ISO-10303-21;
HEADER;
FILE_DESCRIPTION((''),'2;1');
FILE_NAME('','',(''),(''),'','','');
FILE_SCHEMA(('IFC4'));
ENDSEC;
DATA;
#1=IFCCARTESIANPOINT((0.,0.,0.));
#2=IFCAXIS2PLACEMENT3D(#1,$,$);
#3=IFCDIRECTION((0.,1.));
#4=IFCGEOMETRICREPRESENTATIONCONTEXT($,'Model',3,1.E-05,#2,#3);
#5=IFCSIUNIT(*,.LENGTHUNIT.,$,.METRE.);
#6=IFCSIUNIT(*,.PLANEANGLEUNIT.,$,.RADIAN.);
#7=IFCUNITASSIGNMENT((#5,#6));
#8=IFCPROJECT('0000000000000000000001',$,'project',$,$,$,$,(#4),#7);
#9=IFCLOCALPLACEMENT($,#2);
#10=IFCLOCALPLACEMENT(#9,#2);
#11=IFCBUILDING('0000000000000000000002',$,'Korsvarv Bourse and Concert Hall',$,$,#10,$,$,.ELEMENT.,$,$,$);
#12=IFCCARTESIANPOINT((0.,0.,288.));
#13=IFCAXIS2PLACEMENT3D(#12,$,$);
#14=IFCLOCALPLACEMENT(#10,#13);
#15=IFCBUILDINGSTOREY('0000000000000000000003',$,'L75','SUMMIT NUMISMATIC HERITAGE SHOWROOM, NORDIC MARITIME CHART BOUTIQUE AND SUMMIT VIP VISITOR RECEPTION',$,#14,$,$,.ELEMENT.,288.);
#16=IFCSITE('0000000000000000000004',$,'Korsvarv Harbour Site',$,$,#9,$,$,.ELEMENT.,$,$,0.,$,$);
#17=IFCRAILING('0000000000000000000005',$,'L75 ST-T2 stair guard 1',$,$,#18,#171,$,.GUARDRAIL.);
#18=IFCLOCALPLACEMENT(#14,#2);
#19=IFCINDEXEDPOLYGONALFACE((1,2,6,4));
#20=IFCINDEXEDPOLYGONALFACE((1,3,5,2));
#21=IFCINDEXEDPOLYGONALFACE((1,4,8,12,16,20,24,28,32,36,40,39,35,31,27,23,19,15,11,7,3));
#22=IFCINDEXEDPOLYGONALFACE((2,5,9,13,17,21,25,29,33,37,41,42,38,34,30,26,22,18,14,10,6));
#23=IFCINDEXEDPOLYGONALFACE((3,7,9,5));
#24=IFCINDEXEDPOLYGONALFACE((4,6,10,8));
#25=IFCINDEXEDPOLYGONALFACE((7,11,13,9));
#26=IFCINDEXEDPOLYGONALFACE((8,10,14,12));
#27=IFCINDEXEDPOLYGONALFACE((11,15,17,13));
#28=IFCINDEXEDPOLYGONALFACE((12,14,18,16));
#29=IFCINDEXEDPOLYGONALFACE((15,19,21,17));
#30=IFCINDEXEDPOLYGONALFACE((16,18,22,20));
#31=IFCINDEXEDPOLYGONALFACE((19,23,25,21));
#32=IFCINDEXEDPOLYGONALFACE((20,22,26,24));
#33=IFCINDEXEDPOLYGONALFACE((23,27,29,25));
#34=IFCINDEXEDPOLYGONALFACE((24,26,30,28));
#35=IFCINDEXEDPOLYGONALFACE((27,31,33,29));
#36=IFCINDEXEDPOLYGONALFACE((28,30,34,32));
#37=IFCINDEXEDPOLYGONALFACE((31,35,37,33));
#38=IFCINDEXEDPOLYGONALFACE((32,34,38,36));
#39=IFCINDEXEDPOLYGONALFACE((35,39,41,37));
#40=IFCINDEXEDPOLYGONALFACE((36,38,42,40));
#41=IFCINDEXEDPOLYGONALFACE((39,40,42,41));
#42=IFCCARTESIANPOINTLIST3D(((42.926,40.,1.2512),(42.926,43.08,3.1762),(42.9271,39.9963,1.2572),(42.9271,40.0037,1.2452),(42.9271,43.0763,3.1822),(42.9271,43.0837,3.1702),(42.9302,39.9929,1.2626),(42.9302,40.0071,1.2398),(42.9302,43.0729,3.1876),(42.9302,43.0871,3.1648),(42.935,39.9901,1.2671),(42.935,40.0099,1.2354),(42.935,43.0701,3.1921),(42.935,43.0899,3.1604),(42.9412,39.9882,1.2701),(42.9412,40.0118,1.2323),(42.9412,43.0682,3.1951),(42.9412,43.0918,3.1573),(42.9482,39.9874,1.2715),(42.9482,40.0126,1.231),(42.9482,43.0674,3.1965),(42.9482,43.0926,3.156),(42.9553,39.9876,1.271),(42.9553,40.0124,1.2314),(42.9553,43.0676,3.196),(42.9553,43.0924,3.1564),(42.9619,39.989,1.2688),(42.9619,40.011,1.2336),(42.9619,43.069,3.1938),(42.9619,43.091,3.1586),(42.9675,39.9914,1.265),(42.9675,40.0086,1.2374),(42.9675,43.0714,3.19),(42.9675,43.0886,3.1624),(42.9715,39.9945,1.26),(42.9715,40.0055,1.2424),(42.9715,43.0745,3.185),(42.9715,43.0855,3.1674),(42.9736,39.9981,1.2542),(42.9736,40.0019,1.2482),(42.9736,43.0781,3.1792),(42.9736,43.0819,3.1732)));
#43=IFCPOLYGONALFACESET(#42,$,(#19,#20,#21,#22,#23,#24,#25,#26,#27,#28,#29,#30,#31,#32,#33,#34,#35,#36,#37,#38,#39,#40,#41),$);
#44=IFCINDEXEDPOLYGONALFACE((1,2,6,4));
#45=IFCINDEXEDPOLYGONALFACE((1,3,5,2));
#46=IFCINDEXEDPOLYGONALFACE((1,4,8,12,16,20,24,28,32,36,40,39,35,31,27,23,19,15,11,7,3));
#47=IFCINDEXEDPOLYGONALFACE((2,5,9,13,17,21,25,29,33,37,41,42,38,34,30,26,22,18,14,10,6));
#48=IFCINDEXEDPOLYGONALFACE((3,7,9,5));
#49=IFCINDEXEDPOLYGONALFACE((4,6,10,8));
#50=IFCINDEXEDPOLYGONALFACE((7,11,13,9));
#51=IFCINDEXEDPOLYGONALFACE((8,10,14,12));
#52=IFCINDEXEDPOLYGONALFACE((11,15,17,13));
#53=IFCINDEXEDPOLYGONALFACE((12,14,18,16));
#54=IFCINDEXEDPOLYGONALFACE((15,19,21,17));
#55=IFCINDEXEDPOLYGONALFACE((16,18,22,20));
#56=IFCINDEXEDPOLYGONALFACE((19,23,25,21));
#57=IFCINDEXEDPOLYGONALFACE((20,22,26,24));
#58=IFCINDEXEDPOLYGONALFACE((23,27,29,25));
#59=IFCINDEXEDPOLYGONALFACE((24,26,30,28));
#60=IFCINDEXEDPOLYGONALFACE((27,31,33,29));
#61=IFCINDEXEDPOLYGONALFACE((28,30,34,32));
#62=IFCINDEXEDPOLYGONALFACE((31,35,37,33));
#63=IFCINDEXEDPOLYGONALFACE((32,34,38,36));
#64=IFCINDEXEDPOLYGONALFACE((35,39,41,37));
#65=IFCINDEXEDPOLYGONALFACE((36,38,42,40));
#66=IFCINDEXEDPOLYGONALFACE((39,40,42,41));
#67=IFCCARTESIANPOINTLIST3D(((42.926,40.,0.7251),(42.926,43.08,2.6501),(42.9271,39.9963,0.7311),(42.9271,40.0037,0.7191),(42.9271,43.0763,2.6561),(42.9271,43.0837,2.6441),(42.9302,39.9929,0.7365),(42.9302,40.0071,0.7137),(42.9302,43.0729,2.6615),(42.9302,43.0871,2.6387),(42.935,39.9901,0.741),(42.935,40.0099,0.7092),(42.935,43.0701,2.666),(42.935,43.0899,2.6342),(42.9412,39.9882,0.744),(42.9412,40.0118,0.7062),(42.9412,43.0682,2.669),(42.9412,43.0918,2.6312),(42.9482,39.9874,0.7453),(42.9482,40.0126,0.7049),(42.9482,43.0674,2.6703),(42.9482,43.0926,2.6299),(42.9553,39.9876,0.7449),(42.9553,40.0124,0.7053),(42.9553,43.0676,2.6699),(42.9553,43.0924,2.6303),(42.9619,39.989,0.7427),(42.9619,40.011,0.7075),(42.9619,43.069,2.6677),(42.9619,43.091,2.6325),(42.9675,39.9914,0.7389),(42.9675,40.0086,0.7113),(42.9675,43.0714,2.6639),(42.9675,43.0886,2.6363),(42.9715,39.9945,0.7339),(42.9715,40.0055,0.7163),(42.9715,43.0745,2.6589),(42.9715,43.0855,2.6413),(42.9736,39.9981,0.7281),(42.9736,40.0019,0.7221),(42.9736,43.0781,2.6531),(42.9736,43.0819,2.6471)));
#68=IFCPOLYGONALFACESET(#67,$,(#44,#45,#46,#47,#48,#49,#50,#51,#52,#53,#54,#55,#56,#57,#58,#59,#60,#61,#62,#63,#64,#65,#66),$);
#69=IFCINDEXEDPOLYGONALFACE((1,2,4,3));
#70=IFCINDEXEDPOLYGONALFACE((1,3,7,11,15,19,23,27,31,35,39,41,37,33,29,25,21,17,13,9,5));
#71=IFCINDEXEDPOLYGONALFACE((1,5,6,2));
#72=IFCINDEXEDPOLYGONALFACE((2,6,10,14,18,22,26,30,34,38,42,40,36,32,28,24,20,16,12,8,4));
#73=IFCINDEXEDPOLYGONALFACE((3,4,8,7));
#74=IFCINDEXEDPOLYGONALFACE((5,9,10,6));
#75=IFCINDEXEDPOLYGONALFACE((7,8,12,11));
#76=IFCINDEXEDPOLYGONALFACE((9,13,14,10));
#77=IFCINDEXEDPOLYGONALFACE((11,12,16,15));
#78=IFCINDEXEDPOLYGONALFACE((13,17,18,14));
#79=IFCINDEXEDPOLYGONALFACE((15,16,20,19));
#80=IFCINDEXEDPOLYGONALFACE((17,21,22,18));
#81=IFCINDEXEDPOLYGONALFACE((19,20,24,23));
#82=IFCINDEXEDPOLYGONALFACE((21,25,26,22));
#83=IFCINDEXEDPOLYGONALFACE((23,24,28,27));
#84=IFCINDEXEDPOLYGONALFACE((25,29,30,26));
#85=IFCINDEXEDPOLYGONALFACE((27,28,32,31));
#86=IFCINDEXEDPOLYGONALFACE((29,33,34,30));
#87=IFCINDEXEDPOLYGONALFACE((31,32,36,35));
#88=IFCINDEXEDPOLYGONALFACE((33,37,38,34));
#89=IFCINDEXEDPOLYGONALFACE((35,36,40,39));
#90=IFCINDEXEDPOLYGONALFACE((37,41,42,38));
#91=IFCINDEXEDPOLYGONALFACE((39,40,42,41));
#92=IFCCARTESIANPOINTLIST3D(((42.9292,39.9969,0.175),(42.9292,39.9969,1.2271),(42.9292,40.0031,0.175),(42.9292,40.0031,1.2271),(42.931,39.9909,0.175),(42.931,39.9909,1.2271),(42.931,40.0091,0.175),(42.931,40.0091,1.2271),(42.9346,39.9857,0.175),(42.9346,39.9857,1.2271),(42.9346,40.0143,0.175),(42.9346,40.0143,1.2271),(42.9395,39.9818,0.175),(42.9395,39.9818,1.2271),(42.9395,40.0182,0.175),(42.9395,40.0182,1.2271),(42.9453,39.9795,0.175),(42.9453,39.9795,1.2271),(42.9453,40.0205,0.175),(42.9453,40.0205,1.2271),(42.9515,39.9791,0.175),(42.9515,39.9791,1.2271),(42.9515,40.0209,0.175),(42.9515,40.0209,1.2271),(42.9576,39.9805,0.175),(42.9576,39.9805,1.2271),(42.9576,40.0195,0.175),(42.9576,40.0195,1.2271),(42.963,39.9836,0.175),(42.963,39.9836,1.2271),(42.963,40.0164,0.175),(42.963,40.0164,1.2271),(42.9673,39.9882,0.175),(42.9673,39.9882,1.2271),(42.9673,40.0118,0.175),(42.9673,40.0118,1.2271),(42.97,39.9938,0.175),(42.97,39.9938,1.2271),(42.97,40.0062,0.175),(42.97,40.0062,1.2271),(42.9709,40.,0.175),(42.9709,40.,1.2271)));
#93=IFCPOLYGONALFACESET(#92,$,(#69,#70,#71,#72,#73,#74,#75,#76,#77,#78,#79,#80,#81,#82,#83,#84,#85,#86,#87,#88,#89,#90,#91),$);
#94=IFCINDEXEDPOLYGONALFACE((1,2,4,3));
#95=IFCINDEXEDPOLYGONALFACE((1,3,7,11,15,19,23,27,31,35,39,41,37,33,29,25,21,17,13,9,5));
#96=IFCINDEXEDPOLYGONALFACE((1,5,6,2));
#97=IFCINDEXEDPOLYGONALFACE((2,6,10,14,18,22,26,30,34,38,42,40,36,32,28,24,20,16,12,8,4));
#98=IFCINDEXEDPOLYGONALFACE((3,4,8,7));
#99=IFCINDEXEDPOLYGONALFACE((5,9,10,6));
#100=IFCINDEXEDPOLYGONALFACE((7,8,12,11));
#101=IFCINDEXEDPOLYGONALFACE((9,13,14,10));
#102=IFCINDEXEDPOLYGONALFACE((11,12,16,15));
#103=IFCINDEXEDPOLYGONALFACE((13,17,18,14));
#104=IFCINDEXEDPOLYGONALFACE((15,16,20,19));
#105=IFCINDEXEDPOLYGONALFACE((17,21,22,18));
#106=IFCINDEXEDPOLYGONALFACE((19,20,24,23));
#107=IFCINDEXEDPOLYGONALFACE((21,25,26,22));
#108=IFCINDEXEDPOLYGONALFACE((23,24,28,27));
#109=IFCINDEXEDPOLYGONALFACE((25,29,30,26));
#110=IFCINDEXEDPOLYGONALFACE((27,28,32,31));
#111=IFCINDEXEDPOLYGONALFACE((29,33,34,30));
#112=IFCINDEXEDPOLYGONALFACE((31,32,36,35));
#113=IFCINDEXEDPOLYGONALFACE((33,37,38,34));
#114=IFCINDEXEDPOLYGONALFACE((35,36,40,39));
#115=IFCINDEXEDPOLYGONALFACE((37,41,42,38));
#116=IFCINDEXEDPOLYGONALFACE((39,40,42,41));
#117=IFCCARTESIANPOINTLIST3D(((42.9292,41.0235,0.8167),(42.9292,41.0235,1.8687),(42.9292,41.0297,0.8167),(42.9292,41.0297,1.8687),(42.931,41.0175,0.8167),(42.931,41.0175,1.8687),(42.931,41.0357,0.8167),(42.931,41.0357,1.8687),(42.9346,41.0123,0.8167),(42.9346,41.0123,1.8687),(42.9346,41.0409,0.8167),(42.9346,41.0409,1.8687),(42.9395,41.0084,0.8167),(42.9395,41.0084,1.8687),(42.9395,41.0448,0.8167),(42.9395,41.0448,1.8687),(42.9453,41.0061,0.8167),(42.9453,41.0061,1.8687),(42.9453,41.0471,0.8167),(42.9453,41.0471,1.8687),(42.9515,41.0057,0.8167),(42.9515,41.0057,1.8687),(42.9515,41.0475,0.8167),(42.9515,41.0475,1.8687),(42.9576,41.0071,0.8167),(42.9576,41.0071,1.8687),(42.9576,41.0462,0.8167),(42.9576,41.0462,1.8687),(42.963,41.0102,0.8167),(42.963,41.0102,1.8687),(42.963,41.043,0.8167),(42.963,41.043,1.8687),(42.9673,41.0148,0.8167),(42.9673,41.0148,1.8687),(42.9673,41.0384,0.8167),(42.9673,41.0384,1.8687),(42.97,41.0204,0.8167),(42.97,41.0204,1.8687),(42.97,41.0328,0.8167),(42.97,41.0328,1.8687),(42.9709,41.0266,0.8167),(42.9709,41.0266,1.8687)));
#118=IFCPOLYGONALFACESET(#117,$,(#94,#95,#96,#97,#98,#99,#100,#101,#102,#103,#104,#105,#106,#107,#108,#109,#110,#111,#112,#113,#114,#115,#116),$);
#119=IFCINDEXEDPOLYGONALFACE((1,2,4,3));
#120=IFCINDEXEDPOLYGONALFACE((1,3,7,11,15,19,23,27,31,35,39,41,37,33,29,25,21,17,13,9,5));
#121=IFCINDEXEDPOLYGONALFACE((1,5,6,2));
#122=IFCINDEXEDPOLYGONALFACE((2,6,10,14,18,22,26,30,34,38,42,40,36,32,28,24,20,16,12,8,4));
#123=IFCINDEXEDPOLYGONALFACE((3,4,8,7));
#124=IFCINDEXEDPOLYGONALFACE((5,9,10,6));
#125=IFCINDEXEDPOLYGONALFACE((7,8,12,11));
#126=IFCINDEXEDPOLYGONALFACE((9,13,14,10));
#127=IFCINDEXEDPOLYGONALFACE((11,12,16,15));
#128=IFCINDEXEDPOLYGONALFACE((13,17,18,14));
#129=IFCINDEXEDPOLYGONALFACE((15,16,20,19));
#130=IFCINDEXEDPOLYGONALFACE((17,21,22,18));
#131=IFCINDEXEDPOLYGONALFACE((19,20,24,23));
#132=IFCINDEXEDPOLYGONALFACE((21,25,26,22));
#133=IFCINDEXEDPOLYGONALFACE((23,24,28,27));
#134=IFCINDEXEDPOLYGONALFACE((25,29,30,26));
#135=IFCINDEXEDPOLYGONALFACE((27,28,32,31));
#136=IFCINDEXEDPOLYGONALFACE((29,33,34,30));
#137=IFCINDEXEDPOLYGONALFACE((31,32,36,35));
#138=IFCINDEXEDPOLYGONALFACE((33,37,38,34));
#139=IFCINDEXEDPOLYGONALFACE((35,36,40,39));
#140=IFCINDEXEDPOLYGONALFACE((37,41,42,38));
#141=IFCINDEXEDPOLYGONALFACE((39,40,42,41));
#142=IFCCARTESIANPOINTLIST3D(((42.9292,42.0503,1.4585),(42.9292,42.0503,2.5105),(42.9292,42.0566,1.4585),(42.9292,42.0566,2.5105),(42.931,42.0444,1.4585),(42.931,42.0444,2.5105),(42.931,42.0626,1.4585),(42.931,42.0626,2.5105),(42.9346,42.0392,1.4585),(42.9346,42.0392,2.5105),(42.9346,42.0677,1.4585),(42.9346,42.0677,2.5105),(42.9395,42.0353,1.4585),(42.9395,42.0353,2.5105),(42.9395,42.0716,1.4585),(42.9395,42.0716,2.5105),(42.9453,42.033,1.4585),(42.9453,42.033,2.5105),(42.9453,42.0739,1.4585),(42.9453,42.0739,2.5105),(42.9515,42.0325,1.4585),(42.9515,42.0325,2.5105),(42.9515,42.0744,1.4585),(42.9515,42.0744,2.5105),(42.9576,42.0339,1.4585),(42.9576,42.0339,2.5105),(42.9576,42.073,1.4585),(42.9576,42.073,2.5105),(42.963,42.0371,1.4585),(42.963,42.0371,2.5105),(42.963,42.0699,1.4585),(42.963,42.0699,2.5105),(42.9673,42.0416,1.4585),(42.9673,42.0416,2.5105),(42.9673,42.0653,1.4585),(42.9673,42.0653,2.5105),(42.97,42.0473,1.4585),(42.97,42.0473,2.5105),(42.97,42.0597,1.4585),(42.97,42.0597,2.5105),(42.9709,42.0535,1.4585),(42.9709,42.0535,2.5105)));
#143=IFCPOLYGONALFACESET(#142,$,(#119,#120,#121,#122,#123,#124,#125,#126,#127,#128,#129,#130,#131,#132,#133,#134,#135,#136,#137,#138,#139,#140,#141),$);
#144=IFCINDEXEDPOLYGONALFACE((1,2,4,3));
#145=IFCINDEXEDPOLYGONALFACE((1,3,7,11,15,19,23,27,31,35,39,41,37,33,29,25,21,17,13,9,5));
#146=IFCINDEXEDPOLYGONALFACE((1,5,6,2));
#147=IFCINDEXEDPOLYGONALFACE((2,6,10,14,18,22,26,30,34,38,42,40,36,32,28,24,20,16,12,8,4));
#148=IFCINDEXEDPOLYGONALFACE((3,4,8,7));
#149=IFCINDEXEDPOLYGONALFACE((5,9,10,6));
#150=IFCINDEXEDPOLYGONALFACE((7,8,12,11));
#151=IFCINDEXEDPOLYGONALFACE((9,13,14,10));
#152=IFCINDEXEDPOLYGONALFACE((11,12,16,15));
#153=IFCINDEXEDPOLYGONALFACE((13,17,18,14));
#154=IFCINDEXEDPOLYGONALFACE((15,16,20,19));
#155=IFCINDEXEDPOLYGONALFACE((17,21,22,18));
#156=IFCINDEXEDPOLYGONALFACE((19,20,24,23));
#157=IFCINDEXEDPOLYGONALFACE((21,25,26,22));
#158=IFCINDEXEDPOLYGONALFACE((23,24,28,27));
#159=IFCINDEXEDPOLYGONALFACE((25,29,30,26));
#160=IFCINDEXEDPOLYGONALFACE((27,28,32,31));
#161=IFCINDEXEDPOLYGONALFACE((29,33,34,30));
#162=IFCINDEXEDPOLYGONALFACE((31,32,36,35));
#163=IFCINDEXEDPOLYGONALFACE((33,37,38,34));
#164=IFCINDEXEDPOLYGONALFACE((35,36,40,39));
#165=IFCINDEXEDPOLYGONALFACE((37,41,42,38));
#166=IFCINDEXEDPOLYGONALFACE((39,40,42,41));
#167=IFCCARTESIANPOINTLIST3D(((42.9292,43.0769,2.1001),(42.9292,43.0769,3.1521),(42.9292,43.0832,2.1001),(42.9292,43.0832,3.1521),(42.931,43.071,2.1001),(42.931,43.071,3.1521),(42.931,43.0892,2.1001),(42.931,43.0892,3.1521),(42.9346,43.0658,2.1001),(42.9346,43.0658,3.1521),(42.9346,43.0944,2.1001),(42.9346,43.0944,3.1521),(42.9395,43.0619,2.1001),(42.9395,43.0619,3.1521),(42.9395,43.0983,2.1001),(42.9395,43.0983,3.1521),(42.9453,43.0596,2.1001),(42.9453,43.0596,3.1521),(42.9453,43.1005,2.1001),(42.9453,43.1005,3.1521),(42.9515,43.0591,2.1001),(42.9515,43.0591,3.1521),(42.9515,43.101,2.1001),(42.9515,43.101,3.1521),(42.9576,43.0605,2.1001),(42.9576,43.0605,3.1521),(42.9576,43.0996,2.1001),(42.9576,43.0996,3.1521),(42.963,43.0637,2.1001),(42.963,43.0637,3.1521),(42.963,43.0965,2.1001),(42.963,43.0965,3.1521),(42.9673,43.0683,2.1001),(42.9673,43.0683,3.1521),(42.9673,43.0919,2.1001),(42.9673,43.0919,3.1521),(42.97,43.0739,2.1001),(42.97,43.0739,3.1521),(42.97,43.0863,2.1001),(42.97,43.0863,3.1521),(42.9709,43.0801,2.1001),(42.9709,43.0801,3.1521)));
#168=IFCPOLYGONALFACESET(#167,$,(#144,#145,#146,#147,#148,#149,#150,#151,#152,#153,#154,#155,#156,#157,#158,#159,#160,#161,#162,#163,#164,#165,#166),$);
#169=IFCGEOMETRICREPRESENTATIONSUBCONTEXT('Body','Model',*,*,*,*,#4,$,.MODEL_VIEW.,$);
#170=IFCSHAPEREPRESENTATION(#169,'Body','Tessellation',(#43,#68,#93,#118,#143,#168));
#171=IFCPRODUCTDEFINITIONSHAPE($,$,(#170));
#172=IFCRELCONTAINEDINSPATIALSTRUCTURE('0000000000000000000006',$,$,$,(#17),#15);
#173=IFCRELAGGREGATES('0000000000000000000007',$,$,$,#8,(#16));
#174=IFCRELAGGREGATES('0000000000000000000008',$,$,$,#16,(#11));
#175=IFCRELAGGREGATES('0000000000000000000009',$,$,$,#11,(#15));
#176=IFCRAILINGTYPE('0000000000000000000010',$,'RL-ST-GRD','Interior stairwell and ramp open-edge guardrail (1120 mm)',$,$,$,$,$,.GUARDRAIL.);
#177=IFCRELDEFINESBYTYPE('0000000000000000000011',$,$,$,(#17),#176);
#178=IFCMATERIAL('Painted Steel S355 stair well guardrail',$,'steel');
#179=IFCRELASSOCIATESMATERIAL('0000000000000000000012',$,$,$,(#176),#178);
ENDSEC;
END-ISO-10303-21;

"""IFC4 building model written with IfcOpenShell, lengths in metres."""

from ifc_helpers import new_model, si_unit, direction, frame, origin, origin_2d, place, context, subcontext, project, spatial, circle, extrude, material, type_object, element, save


model = new_model("IFC4")

# Units and contexts
model_context = context("Model", 3, precision=1e-05, world=origin(), true_north=direction((0.0, 1.0)))
body_context = subcontext(model_context, "Body", "Model", "MODEL_VIEW")
ifc_project = project(units=[si_unit("LENGTHUNIT", "METRE"), si_unit("PLANEANGLEUNIT", "RADIAN")], contexts=[model_context])

# Site, building, storey
site_placement = place(None, origin())
site = spatial("IfcSite", under=ifc_project, at=site_placement, Name="Korsvarv Harbour Site", CompositionType="ELEMENT", RefElevation=0.0)
building_placement = place(site_placement, origin())
building = spatial("IfcBuilding", under=site, at=building_placement, Name="Korsvarv Bourse and Concert Hall", CompositionType="ELEMENT")
storey_placement = place(building_placement, frame((0.0, 0.0, 288.0)))
storey = spatial("IfcBuildingStorey", under=building, at=storey_placement, Name="L75", Description="SUMMIT NUMISMATIC HERITAGE SHOWROOM, NORDIC MARITIME CHART BOUTIQUE AND SUMMIT VIP VISITOR RECEPTION", CompositionType="ELEMENT", Elevation=288.0)

# Railing
ifc_material_1 = material(Name="Painted Steel S355 stair well guardrail", Category="steel")
railing_type_1 = type_object("IfcRailingType", Name="RL-ST-GRD", Description="Interior stairwell and ramp open-edge guardrail (1120 mm)", PredefinedType="GUARDRAIL", material=ifc_material_1)
railing_1_placement = place(storey_placement, frame((42.95, 40.0, 0.175)))
element("IfcRailing", 1, at=railing_1_placement, inside=storey, type_object=railing_type_1, Name="L75 ST-T2 stair guard 1", PredefinedType="GUARDRAIL", context=body_context, shape_type="SweptSolid", body=[
    extrude(circle(Radius=0.0239, at=origin_2d()), frame((0.0, 0.0, 1.0762), z_axis=(0.0, 0.847998, 0.529999), x_axis=(-1.0, 0.0, 0.0)), (0.0, 0.0, 1.0), 3.6321),
    extrude(circle(Radius=0.0239, at=origin_2d()), frame((0.0, 0.0, 0.55), z_axis=(0.0, 0.847998, 0.529999), x_axis=(-1.0, 0.0, 0.0)), (0.0, 0.0, 1.0), 3.6321),
    extrude(circle(Radius=0.021, at=origin_2d()), origin(), (0.0, 0.0, 1.0), 1.052),
    extrude(circle(Radius=0.021, at=origin_2d()), frame((0.0, 1.0266, 0.6416)), (0.0, 0.0, 1.0), 1.052),
    extrude(circle(Radius=0.021, at=origin_2d()), frame((0.0, 2.0535, 1.2834)), (0.0, 0.0, 1.0), 1.052),
    extrude(circle(Radius=0.021, at=origin_2d()), frame((0.0, 3.0801, 1.925)), (0.0, 0.0, 1.0), 1.052),
])

save(model, "model.ifc")
